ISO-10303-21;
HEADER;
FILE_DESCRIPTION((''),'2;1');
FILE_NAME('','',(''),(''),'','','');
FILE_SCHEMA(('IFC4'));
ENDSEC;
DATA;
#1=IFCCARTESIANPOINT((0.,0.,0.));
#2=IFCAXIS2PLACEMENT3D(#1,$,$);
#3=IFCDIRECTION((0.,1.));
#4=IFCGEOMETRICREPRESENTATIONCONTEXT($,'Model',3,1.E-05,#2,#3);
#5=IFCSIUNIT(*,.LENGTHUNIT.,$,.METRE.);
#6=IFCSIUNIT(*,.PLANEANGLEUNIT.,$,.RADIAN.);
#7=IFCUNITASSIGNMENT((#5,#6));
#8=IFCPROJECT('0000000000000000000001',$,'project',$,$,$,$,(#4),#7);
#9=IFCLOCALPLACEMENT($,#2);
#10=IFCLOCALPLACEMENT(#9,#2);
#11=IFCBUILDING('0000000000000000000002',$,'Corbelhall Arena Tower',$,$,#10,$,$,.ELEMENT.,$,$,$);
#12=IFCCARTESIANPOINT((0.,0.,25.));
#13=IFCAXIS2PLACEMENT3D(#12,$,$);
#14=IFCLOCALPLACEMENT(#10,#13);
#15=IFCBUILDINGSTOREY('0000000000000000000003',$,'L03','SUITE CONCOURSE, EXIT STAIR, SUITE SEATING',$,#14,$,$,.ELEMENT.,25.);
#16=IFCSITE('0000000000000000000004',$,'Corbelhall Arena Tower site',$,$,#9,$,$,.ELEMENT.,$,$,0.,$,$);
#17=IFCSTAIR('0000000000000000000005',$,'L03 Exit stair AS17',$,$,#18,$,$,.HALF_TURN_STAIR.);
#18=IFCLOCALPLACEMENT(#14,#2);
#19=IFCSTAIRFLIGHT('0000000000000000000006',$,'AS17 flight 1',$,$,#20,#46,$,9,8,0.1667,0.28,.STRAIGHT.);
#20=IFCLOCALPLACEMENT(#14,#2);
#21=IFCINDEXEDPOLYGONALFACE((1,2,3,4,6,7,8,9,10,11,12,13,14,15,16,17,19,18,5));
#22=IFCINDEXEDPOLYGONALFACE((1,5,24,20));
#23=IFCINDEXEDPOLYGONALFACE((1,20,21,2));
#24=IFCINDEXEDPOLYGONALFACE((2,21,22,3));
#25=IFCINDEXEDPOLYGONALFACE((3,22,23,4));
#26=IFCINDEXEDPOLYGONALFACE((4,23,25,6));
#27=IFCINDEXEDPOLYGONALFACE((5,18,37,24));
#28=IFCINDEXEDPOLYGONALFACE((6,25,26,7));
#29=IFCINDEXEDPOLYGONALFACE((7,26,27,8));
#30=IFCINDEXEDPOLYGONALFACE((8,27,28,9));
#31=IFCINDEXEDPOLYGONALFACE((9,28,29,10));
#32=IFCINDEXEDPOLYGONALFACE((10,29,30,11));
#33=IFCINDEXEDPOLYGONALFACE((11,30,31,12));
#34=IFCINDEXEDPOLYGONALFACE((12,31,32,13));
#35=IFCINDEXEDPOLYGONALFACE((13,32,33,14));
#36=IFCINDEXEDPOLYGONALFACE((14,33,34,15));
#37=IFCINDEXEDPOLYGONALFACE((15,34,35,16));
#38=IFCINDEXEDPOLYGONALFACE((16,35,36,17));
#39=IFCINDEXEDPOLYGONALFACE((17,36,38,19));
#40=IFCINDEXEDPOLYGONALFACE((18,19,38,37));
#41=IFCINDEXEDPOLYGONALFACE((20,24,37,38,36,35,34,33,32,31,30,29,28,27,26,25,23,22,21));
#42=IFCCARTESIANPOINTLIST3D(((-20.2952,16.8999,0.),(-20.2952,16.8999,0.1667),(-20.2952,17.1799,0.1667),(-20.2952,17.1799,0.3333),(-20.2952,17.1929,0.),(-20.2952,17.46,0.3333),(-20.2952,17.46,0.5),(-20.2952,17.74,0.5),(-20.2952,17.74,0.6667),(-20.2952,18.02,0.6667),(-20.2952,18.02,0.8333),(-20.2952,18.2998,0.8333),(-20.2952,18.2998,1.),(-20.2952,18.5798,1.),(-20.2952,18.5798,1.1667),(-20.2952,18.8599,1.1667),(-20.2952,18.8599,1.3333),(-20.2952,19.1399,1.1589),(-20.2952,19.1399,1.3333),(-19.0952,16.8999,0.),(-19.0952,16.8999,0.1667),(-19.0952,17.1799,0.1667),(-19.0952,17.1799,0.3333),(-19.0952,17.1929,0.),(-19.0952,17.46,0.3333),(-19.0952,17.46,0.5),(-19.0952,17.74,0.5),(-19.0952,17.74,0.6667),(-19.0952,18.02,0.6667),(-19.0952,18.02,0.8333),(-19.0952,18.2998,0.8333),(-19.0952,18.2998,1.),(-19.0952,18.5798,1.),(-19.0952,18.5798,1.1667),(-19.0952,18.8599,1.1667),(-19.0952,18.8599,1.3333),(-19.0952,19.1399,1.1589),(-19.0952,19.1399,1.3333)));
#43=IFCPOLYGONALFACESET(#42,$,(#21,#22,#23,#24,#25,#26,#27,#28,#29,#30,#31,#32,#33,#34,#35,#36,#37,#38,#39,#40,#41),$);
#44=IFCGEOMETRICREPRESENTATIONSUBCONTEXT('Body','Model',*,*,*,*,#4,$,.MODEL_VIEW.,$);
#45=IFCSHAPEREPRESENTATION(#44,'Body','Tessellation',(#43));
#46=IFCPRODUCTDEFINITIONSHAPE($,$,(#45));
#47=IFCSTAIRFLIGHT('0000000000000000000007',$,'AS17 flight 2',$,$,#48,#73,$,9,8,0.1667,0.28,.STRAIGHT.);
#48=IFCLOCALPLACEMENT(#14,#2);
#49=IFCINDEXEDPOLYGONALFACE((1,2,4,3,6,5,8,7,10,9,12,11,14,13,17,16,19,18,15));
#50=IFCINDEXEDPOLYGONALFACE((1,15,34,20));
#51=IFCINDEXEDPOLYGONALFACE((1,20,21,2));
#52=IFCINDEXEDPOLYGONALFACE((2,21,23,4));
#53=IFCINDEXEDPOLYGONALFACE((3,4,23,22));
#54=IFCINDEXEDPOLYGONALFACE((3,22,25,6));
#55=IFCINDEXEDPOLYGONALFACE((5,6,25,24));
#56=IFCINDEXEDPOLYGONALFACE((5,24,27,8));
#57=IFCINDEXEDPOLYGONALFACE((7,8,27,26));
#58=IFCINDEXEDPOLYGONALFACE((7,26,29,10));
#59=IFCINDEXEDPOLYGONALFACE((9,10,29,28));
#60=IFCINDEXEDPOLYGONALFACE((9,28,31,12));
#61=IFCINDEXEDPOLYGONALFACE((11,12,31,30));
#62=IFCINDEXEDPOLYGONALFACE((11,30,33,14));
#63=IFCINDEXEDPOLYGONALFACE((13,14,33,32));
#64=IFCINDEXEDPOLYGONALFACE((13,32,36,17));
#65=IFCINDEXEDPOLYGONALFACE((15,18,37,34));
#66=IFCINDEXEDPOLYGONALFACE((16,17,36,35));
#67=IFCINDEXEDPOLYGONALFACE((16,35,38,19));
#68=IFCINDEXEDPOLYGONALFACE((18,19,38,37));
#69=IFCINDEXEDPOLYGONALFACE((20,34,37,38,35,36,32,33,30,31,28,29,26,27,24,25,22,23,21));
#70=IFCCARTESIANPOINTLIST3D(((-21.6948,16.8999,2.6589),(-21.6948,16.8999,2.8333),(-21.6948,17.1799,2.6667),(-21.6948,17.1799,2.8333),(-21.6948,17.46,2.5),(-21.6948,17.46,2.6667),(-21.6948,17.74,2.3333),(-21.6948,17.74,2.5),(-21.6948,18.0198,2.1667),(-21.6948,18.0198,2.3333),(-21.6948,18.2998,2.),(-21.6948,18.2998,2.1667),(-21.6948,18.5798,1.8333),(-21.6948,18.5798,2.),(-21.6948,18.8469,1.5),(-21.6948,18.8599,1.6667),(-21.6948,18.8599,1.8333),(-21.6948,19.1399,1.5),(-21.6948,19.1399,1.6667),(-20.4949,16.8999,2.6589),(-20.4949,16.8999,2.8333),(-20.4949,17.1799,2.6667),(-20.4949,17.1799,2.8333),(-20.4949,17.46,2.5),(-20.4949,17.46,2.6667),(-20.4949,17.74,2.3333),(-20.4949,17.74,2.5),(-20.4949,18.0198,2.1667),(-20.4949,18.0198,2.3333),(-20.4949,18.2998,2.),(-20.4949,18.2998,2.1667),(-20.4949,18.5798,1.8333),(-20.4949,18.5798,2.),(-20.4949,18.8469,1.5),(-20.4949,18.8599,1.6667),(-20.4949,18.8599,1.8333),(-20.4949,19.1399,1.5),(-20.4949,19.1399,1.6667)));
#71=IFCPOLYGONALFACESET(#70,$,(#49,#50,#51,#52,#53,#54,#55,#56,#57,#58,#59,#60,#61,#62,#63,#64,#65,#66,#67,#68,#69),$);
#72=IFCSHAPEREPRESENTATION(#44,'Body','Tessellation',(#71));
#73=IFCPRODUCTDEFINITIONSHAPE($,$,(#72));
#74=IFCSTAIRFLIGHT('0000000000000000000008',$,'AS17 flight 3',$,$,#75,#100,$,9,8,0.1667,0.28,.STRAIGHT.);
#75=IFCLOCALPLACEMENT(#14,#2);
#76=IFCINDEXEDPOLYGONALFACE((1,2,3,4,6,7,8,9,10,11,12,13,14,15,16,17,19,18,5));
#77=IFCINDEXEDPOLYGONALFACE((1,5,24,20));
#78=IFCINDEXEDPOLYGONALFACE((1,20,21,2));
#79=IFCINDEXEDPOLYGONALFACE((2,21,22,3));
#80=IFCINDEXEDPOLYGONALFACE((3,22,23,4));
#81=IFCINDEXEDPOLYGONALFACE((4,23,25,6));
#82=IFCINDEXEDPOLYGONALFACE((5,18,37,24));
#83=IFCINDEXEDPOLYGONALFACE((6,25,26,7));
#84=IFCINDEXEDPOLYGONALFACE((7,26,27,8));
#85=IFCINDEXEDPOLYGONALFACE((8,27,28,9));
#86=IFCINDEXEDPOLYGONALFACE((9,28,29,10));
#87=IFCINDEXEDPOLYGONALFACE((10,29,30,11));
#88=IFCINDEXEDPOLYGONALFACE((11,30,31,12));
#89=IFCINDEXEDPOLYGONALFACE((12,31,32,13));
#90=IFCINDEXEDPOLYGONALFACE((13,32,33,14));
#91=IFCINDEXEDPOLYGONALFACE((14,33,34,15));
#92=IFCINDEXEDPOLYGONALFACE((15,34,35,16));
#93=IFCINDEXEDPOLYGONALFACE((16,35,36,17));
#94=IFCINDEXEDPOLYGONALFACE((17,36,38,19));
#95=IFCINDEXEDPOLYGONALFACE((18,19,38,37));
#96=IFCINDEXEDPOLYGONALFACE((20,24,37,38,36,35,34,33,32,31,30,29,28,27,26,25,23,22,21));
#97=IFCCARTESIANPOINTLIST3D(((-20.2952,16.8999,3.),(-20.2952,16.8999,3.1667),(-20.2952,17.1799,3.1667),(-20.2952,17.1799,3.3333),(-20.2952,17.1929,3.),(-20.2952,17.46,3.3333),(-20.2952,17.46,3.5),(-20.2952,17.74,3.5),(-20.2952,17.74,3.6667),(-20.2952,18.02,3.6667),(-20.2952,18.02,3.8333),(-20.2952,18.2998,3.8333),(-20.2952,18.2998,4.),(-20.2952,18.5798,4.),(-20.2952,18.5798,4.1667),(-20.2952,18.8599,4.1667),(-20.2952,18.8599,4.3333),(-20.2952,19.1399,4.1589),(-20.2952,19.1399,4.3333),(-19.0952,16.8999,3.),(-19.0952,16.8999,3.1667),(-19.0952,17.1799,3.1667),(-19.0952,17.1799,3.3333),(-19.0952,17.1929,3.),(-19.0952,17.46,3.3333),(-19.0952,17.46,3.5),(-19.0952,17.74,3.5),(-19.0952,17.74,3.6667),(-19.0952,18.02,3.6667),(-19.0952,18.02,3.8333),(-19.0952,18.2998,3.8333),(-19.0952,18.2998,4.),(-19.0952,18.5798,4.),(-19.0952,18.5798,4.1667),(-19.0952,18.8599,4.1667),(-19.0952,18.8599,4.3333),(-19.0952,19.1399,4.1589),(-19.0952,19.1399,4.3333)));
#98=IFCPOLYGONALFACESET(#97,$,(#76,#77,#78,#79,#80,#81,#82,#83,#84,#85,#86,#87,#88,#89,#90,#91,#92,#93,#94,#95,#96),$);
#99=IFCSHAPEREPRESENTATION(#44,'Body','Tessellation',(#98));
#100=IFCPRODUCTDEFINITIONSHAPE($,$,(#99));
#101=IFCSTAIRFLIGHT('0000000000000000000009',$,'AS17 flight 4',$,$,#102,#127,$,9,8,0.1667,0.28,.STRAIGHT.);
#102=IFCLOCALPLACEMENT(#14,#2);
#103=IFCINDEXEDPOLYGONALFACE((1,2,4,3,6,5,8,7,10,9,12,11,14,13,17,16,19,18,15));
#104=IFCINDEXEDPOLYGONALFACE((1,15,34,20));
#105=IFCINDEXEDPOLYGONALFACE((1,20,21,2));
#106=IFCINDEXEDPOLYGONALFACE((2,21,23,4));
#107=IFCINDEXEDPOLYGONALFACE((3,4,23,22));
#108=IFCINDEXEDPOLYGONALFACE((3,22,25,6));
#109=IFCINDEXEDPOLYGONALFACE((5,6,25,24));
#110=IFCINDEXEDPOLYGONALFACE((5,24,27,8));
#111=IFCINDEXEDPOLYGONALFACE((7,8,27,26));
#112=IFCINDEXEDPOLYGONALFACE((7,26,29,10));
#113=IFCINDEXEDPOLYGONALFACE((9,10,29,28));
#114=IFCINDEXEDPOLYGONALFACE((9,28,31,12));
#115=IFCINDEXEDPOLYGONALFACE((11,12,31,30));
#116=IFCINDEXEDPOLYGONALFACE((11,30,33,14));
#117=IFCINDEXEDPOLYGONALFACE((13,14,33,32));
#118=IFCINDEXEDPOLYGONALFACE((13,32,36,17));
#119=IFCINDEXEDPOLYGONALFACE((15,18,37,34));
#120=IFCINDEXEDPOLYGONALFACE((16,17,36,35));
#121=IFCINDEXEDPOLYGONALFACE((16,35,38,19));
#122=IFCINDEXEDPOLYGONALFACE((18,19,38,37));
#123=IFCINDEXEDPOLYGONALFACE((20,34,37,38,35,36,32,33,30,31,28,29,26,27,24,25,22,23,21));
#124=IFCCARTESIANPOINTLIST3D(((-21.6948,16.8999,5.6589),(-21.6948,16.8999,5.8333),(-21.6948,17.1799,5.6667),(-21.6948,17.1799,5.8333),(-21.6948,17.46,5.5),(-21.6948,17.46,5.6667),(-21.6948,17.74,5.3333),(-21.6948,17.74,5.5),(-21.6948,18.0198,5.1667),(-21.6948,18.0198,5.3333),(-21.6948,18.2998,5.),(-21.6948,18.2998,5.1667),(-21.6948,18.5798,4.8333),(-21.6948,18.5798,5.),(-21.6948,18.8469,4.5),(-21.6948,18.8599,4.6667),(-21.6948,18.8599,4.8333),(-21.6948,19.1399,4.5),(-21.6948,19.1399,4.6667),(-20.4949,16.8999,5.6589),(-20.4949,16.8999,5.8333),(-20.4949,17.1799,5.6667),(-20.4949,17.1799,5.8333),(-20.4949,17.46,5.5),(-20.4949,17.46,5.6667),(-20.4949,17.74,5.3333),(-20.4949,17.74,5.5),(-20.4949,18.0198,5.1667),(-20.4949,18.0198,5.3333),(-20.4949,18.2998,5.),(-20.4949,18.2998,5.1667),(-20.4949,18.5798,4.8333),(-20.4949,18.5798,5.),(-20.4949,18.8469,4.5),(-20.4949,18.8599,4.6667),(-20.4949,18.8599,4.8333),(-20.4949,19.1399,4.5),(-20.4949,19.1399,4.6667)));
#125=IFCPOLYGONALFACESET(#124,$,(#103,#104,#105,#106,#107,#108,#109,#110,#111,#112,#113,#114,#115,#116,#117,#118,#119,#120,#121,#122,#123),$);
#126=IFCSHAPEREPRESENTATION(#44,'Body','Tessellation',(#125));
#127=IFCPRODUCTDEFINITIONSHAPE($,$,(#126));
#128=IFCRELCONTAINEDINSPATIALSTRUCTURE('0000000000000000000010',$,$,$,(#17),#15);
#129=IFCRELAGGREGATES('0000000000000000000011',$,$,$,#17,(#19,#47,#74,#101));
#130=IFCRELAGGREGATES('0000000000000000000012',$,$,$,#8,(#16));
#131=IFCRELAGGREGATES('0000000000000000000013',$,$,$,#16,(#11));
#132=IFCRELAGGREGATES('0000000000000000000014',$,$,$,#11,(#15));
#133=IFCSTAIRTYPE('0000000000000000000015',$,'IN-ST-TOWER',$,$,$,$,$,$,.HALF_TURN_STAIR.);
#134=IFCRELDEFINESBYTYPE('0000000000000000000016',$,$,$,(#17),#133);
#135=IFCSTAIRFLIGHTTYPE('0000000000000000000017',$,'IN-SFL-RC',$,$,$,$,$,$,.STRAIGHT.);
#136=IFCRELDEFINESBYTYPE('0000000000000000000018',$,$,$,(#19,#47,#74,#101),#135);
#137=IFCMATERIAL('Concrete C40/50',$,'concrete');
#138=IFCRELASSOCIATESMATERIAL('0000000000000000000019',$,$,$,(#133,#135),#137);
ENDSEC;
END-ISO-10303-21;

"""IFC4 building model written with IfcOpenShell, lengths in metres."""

from ifc_helpers import new_model, si_unit, direction, frame, origin, place, context, subcontext, project, spatial, polyline, outline, extrude, material, type_object, element, aggregate, save


model = new_model("IFC4")

# Units and contexts
model_context = context("Model", 3, precision=1e-05, world=origin(), true_north=direction((0.0, 1.0)))
body_context = subcontext(model_context, "Body", "Model", "MODEL_VIEW")
ifc_project = project(units=[si_unit("LENGTHUNIT", "METRE"), si_unit("PLANEANGLEUNIT", "RADIAN")], contexts=[model_context])

# Site, building, storey
site_placement = place(None, origin())
site = spatial("IfcSite", under=ifc_project, at=site_placement, Name="Corbelhall Arena Tower site", CompositionType="ELEMENT", RefElevation=0.0)
building_placement = place(site_placement, origin())
building = spatial("IfcBuilding", under=site, at=building_placement, Name="Corbelhall Arena Tower", CompositionType="ELEMENT")
storey_placement = place(building_placement, frame((0.0, 0.0, 25.0)))
storey = spatial("IfcBuildingStorey", under=building, at=storey_placement, Name="L03", Description="SUITE CONCOURSE, EXIT STAIR, SUITE SEATING", CompositionType="ELEMENT", Elevation=25.0)

# Shared definitions
ifc_material_1 = material(Name="Concrete C40/50", Category="concrete")

# Stair, stair flights
stair_type_1 = type_object("IfcStairType", Name="IN-ST-TOWER", PredefinedType="HALF_TURN_STAIR", material=ifc_material_1)
stair_1_placement = place(storey_placement, origin())
stair_1 = element("IfcStair", 1, at=stair_1_placement, inside=storey, type_object=stair_type_1, Name="L03 Exit stair AS17", PredefinedType="HALF_TURN_STAIR")
stair_flight_type = type_object("IfcStairFlightType", Name="IN-SFL-RC", PredefinedType="STRAIGHT", material=ifc_material_1)
stair_flight_1_placement = place(storey_placement, frame((-19.6951, 16.8999, 0.0), z_axis=(0.0, 0.0, 1.0), x_axis=(0.0, 1.0, 0.0)))
stair_flight_1 = element("IfcStairFlight", 2, at=stair_flight_1_placement, type_object=stair_flight_type, Name="AS17 flight 1", NumberOfRisers=9, NumberOfTreads=8, PredefinedType="STRAIGHT", RiserHeight=0.1667, TreadLength=0.28, context=body_context, shape_type="SweptSolid", body=[
    extrude(outline(polyline([(0.0, 0.0), (0.0, 0.1667), (0.28, 0.1667), (0.28, 0.3333), (0.5601, 0.3333), (0.5601, 0.5), (0.8401, 0.5), (0.8401, 0.6667), (1.1201, 0.6667), (1.1201, 0.8333), (1.3999, 0.8333), (1.3999, 1.0), (1.6799, 1.0), (1.6799, 1.1667), (1.96, 1.1667), (1.96, 1.3333), (2.24, 1.3333), (2.24, 1.5), (2.24, 1.1589), (0.293, 0.0), (0.0, 0.0)])), frame((0.0, 0.6001, 0.0), z_axis=(0.0, -1.0, 0.0), x_axis=(1.0, 0.0, 0.0)), (0.0, 0.0, 1.0), 1.2),
])
stair_flight_2_placement = place(storey_placement, frame((-21.095, 19.1399, 1.5), z_axis=(0.0, 0.0, 1.0), x_axis=(0.0, -1.0, 0.0)))
stair_flight_2 = element("IfcStairFlight", 3, at=stair_flight_2_placement, type_object=stair_flight_type, Name="AS17 flight 2", NumberOfRisers=9, NumberOfTreads=8, PredefinedType="STRAIGHT", RiserHeight=0.1667, TreadLength=0.28, context=body_context, shape_type="SweptSolid", body=[
    extrude(outline(polyline([(0.0, 0.0), (0.0, 0.1667), (0.28, 0.1667), (0.28, 0.3333), (0.5601, 0.3333), (0.5601, 0.5), (0.8401, 0.5), (0.8401, 0.6667), (1.1201, 0.6667), (1.1201, 0.8333), (1.3999, 0.8333), (1.3999, 1.0), (1.6799, 1.0), (1.6799, 1.1667), (1.96, 1.1667), (1.96, 1.3333), (2.24, 1.3333), (2.24, 1.5), (2.24, 1.1589), (0.293, 0.0), (0.0, 0.0)])), frame((0.0, 0.6001, 0.0), z_axis=(0.0, -1.0, 0.0), x_axis=(1.0, 0.0, 0.0)), (0.0, 0.0, 1.0), 1.2),
])
stair_flight_3_placement = place(storey_placement, frame((-19.6951, 16.8999, 3.0), z_axis=(0.0, 0.0, 1.0), x_axis=(0.0, 1.0, 0.0)))
stair_flight_3 = element("IfcStairFlight", 4, at=stair_flight_3_placement, type_object=stair_flight_type, Name="AS17 flight 3", NumberOfRisers=9, NumberOfTreads=8, PredefinedType="STRAIGHT", RiserHeight=0.1667, TreadLength=0.28, context=body_context, shape_type="SweptSolid", body=[
    extrude(outline(polyline([(0.0, 0.0), (0.0, 0.1667), (0.28, 0.1667), (0.28, 0.3333), (0.5601, 0.3333), (0.5601, 0.5), (0.8401, 0.5), (0.8401, 0.6667), (1.1201, 0.6667), (1.1201, 0.8333), (1.3999, 0.8333), (1.3999, 1.0), (1.6799, 1.0), (1.6799, 1.1667), (1.96, 1.1667), (1.96, 1.3333), (2.24, 1.3333), (2.24, 1.5), (2.24, 1.1589), (0.293, 0.0), (0.0, 0.0)])), frame((0.0, 0.6001, 0.0), z_axis=(0.0, -1.0, 0.0), x_axis=(1.0, 0.0, 0.0)), (0.0, 0.0, 1.0), 1.2),
])
stair_flight_4_placement = place(storey_placement, frame((-21.095, 19.1399, 4.5), z_axis=(0.0, 0.0, 1.0), x_axis=(0.0, -1.0, 0.0)))
stair_flight_4 = element("IfcStairFlight", 5, at=stair_flight_4_placement, type_object=stair_flight_type, Name="AS17 flight 4", NumberOfRisers=9, NumberOfTreads=8, PredefinedType="STRAIGHT", RiserHeight=0.1667, TreadLength=0.28, context=body_context, shape_type="SweptSolid", body=[
    extrude(outline(polyline([(0.0, 0.0), (0.0, 0.1667), (0.28, 0.1667), (0.28, 0.3333), (0.5601, 0.3333), (0.5601, 0.5), (0.8401, 0.5), (0.8401, 0.6667), (1.1201, 0.6667), (1.1201, 0.8333), (1.3999, 0.8333), (1.3999, 1.0), (1.6799, 1.0), (1.6799, 1.1667), (1.96, 1.1667), (1.96, 1.3333), (2.24, 1.3333), (2.24, 1.5), (2.24, 1.1589), (0.293, 0.0), (0.0, 0.0)])), frame((0.0, 0.6001, 0.0), z_axis=(0.0, -1.0, 0.0), x_axis=(1.0, 0.0, 0.0)), (0.0, 0.0, 1.0), 1.2),
])
aggregate(stair_1, [stair_flight_1, stair_flight_2, stair_flight_3, stair_flight_4])

save(model, "model.ifc")
